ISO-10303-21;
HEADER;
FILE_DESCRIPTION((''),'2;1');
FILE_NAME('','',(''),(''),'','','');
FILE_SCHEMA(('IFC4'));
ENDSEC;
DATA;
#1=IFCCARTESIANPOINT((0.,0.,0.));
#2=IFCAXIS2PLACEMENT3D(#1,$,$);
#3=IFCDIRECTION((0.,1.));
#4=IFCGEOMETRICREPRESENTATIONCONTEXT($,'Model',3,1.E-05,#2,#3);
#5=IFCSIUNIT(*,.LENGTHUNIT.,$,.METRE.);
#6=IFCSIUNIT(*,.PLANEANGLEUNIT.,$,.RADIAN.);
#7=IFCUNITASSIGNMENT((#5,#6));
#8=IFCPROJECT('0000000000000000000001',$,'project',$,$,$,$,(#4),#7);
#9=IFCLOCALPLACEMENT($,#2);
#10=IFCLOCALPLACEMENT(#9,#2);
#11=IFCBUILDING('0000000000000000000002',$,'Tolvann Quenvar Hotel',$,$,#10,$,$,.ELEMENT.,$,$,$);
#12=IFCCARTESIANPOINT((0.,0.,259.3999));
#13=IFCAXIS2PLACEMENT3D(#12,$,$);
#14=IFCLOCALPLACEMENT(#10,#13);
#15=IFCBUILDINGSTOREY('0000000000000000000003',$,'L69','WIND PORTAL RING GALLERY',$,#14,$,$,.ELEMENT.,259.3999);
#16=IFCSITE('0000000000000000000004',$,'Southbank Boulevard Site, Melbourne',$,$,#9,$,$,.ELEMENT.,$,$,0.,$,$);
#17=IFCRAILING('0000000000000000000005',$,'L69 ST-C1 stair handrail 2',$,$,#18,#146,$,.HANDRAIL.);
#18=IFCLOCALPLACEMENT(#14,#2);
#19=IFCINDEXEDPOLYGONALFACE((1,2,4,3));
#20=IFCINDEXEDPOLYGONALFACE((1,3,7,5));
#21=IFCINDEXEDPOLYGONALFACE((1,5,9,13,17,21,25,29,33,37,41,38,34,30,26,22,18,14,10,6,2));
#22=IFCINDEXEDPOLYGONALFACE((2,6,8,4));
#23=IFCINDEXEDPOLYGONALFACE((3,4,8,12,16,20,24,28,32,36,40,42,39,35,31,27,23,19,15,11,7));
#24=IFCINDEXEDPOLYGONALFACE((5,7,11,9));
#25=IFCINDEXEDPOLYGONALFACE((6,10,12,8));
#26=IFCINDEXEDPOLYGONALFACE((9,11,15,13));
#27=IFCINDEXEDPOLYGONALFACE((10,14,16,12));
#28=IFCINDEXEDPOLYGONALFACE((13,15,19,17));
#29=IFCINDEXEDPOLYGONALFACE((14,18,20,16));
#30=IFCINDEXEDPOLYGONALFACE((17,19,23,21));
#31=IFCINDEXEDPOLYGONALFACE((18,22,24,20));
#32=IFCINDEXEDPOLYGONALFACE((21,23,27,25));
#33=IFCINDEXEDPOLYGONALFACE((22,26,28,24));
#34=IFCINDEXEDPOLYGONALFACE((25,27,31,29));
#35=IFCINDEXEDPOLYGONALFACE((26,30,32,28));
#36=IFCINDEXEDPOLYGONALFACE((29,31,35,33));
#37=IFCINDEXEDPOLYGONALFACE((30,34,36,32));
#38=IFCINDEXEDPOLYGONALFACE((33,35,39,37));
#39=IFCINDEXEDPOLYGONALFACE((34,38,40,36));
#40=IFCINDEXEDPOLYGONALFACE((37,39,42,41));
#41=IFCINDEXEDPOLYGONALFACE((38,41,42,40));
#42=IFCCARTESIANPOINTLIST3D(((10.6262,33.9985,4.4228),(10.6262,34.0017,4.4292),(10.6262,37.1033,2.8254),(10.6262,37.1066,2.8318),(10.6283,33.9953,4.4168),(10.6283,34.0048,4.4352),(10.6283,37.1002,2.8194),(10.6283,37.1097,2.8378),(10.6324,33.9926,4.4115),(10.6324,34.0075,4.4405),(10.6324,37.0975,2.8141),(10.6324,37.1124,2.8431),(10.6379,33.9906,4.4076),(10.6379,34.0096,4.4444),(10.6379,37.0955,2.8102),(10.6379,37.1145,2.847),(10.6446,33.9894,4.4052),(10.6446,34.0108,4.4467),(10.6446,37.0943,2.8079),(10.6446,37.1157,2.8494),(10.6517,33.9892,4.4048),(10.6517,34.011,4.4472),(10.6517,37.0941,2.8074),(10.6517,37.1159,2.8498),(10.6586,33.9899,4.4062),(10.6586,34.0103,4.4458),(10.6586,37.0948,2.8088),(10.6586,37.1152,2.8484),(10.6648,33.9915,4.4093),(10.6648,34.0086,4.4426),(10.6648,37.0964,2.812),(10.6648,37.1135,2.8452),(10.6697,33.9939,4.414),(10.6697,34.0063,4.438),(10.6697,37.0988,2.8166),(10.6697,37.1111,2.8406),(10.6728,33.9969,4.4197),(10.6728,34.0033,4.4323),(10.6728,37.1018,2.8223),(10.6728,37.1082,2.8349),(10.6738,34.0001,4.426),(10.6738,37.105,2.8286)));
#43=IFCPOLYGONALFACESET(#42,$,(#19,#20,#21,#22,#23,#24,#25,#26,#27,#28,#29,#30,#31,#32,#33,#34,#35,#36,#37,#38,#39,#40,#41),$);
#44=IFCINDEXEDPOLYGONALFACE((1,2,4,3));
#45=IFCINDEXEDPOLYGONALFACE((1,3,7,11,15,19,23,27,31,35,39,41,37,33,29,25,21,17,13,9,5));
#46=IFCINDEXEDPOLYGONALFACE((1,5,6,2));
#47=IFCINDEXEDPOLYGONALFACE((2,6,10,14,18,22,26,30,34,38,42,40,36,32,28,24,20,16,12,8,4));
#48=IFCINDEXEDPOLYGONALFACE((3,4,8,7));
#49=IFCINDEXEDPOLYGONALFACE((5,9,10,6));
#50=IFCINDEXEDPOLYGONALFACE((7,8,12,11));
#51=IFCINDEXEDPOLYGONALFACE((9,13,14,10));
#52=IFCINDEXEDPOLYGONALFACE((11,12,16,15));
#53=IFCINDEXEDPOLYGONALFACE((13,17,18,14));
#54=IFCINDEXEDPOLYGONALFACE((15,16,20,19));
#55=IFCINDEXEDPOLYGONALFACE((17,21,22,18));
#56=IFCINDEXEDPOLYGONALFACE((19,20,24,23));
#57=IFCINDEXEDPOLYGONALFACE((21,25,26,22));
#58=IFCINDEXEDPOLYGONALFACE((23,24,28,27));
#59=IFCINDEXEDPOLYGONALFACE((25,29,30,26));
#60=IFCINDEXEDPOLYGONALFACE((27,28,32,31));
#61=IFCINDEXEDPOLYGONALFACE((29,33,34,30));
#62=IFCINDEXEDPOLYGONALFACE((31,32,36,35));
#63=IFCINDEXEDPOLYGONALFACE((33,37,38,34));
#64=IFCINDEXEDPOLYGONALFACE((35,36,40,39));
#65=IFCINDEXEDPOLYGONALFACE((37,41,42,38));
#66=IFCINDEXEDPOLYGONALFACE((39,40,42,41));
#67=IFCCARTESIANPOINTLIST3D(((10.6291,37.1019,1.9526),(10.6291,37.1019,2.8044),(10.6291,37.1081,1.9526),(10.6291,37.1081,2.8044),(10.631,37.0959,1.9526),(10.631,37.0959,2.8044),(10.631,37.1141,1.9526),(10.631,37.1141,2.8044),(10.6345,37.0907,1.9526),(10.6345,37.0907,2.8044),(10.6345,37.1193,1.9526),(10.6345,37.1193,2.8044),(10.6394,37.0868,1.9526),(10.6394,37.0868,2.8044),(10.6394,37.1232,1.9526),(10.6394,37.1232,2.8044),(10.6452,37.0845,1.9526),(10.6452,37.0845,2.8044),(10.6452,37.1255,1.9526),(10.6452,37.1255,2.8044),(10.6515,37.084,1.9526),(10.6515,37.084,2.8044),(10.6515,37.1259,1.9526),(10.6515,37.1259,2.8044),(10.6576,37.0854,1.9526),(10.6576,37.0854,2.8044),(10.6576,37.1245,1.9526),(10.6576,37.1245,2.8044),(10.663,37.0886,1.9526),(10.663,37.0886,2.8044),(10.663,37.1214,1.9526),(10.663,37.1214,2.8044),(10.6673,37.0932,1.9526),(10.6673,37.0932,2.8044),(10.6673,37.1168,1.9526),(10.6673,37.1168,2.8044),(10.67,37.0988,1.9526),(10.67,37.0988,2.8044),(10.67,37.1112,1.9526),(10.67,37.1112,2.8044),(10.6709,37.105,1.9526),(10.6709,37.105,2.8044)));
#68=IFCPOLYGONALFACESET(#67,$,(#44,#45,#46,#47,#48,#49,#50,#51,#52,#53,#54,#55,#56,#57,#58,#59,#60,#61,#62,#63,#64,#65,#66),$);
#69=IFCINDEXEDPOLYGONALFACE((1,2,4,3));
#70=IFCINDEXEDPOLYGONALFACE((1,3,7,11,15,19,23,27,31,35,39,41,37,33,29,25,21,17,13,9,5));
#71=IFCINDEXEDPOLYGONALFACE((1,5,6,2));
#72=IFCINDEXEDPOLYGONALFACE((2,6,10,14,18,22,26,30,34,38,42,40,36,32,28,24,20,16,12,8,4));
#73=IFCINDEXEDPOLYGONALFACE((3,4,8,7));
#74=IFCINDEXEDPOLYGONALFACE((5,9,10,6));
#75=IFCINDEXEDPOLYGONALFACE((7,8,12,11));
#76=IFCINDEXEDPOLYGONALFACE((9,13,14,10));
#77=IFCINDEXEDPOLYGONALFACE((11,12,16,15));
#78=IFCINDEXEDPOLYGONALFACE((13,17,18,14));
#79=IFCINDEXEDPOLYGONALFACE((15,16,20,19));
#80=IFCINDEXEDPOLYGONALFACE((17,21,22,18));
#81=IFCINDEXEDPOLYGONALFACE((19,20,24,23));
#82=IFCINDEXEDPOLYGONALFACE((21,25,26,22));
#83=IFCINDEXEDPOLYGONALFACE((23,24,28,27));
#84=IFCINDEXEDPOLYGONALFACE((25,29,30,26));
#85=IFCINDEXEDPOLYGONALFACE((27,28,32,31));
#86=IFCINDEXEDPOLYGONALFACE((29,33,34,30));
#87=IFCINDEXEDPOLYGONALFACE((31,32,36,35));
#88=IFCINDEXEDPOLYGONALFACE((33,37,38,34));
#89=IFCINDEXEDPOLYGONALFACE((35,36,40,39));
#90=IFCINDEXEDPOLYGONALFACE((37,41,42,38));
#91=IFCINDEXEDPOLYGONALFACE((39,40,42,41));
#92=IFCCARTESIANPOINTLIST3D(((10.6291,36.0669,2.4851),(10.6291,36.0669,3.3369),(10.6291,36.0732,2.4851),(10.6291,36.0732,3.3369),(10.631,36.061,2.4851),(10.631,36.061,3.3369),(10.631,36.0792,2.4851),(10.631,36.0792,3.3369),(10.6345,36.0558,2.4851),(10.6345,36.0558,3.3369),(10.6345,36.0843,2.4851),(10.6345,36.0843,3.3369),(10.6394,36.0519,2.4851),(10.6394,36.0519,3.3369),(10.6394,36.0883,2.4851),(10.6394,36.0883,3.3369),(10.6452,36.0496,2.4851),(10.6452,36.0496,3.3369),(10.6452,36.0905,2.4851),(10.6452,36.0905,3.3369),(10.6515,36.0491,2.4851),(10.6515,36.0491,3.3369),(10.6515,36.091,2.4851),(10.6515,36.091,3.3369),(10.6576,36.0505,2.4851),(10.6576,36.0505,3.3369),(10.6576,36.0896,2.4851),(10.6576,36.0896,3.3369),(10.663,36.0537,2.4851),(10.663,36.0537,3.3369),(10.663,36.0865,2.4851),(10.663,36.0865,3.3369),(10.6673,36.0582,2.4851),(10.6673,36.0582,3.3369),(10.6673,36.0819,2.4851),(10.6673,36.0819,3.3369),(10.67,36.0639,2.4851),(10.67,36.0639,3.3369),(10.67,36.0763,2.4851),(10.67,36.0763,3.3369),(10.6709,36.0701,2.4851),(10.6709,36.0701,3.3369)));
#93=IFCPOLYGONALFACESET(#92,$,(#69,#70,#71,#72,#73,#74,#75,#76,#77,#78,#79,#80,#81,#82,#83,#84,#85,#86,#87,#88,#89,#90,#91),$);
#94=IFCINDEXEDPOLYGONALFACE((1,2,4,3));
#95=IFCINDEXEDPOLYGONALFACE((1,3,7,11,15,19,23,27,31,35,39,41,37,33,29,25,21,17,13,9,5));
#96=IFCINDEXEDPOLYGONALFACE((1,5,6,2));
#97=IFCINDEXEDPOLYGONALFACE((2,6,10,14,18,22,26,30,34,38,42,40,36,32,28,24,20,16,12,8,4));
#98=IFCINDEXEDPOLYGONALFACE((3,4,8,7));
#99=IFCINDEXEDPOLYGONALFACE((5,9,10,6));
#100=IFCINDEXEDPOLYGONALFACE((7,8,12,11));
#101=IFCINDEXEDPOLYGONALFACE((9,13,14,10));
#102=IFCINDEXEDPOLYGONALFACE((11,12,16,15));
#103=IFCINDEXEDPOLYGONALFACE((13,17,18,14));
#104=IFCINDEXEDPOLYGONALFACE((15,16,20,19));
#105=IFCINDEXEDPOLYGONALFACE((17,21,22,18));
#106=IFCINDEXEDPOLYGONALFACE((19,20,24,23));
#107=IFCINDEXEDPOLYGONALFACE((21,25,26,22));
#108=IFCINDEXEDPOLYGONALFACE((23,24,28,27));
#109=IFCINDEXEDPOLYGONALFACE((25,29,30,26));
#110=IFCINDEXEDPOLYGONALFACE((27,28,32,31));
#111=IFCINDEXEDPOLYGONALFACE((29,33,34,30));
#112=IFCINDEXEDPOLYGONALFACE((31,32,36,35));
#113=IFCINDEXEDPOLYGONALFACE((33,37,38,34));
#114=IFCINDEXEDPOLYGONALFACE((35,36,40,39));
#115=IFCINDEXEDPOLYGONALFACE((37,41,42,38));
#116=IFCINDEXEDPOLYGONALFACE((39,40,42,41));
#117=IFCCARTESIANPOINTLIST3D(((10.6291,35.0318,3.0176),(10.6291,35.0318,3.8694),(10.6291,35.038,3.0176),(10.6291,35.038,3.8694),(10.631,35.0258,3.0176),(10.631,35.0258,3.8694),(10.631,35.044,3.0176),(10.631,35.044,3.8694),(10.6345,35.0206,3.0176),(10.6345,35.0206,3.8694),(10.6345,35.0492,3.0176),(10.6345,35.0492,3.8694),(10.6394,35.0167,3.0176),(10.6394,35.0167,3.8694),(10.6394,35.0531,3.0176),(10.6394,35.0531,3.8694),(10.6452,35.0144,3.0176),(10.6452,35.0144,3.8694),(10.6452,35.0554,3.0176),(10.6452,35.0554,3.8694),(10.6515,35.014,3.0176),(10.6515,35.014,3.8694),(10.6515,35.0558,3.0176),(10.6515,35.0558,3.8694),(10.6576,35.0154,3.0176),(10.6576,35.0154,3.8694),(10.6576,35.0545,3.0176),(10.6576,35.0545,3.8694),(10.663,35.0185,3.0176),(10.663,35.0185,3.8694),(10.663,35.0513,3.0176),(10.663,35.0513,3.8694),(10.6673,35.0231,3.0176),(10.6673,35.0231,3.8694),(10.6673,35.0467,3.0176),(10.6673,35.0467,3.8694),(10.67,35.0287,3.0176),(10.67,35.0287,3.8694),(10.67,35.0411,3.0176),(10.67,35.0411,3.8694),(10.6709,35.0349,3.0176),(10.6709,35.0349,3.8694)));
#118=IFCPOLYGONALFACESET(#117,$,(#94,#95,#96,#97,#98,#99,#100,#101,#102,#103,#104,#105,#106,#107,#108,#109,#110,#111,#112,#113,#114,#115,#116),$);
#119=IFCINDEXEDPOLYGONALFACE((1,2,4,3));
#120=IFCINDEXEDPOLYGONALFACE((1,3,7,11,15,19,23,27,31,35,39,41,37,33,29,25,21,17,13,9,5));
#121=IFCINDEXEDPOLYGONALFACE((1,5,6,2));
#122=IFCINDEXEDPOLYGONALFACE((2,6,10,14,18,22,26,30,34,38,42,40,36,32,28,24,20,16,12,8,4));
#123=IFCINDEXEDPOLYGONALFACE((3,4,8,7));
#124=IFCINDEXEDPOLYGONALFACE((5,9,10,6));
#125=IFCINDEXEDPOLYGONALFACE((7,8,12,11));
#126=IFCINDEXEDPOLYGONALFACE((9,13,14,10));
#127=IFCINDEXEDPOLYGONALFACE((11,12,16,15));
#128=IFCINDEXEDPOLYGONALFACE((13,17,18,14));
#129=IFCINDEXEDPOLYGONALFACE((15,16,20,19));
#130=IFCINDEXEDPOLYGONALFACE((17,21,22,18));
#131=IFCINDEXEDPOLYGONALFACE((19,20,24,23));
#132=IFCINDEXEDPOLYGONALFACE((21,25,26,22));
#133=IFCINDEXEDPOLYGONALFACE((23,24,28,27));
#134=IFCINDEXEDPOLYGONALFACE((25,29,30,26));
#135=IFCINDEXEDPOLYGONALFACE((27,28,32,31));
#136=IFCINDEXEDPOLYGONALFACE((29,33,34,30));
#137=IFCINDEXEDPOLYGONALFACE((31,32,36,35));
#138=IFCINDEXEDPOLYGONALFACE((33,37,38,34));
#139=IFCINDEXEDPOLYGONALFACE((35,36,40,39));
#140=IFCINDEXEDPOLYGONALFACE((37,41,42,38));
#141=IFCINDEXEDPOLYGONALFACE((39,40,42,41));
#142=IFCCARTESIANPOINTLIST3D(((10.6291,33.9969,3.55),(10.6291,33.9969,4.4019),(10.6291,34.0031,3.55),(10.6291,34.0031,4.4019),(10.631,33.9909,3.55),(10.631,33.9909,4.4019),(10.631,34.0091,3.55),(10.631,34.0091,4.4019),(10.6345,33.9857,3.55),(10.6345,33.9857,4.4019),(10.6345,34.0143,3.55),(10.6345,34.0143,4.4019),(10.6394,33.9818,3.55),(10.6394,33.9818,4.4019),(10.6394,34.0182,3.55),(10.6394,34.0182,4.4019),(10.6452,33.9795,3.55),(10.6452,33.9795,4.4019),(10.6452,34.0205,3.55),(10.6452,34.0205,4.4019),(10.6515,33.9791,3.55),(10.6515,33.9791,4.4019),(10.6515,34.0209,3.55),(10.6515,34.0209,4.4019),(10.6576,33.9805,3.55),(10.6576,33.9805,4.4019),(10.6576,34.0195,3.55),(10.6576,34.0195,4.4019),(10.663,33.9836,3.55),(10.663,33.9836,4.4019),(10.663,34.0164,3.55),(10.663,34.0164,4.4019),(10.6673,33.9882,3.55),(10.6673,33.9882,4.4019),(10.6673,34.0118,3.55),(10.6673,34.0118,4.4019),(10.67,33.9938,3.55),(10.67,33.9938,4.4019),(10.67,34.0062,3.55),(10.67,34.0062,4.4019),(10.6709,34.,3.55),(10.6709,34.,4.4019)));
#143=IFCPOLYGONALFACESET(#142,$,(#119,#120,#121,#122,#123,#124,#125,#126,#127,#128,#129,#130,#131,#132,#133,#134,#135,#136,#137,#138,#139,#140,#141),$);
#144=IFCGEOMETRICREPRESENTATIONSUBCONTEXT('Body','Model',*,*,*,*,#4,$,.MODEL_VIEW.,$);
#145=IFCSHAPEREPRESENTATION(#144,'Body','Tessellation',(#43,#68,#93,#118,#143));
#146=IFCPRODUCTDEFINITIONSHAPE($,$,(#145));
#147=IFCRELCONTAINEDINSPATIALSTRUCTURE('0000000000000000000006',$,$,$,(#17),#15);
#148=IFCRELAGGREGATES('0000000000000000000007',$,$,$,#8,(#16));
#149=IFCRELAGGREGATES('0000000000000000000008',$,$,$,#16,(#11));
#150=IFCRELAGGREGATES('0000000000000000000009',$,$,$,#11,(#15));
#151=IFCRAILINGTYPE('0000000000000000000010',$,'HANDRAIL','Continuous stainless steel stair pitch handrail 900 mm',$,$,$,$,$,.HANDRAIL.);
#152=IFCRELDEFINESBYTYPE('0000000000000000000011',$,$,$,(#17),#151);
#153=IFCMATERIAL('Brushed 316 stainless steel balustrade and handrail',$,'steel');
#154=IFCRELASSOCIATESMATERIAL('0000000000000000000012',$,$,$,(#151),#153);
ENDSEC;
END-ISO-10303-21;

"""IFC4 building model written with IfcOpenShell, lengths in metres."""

from ifc_helpers import new_model, si_unit, direction, frame, origin, origin_2d, place, context, subcontext, project, spatial, circle, extrude, material, type_object, element, save


model = new_model("IFC4")

# Units and contexts
model_context = context("Model", 3, precision=1e-05, world=origin(), true_north=direction((0.0, 1.0)))
body_context = subcontext(model_context, "Body", "Model", "MODEL_VIEW")
ifc_project = project(units=[si_unit("LENGTHUNIT", "METRE"), si_unit("PLANEANGLEUNIT", "RADIAN")], contexts=[model_context])

# Site, building, storey
site_placement = place(None, origin())
site = spatial("IfcSite", under=ifc_project, at=site_placement, Name="Southbank Boulevard Site, Melbourne", CompositionType="ELEMENT", RefElevation=0.0)
building_placement = place(site_placement, origin())
building = spatial("IfcBuilding", under=site, at=building_placement, Name="Tolvann Quenvar Hotel", CompositionType="ELEMENT")
storey_placement = place(building_placement, frame((0.0, 0.0, 259.3999)))
storey = spatial("IfcBuildingStorey", under=building, at=storey_placement, Name="L69", Description="WIND PORTAL RING GALLERY", CompositionType="ELEMENT", Elevation=259.3999)

# Railing
ifc_material_1 = material(Name="Brushed 316 stainless steel balustrade and handrail", Category="steel")
railing_type_1 = type_object("IfcRailingType", Name="HANDRAIL", Description="Continuous stainless steel stair pitch handrail 900 mm", PredefinedType="HANDRAIL", material=ifc_material_1)
railing_1_placement = place(storey_placement, frame((10.6499, 37.105, 1.9526)))
element("IfcRailing", 1, at=railing_1_placement, inside=storey, type_object=railing_type_1, Name="L69 ST-C1 stair handrail 2", PredefinedType="HANDRAIL", context=body_context, shape_type="SweptSolid", body=[
    extrude(circle(Radius=0.0239, at=origin_2d()), frame((0.0, 0.0, 0.876), z_axis=(0.0, -0.889222, 0.457476), x_axis=(1.0, 0.0, 0.0)), (0.0, 0.0, 1.0), 3.4917),
    extrude(circle(Radius=0.021, at=origin_2d()), origin(), (0.0, 0.0, 1.0), 0.8518),
    extrude(circle(Radius=0.021, at=origin_2d()), frame((0.0, -1.0349, 0.5325)), (0.0, 0.0, 1.0), 0.8518),
    extrude(circle(Radius=0.021, at=origin_2d()), frame((0.0, -2.0701, 1.0649)), (0.0, 0.0, 1.0), 0.8518),
    extrude(circle(Radius=0.021, at=origin_2d()), frame((0.0, -3.105, 1.5974)), (0.0, 0.0, 1.0), 0.8518),
])

save(model, "model.ifc")
